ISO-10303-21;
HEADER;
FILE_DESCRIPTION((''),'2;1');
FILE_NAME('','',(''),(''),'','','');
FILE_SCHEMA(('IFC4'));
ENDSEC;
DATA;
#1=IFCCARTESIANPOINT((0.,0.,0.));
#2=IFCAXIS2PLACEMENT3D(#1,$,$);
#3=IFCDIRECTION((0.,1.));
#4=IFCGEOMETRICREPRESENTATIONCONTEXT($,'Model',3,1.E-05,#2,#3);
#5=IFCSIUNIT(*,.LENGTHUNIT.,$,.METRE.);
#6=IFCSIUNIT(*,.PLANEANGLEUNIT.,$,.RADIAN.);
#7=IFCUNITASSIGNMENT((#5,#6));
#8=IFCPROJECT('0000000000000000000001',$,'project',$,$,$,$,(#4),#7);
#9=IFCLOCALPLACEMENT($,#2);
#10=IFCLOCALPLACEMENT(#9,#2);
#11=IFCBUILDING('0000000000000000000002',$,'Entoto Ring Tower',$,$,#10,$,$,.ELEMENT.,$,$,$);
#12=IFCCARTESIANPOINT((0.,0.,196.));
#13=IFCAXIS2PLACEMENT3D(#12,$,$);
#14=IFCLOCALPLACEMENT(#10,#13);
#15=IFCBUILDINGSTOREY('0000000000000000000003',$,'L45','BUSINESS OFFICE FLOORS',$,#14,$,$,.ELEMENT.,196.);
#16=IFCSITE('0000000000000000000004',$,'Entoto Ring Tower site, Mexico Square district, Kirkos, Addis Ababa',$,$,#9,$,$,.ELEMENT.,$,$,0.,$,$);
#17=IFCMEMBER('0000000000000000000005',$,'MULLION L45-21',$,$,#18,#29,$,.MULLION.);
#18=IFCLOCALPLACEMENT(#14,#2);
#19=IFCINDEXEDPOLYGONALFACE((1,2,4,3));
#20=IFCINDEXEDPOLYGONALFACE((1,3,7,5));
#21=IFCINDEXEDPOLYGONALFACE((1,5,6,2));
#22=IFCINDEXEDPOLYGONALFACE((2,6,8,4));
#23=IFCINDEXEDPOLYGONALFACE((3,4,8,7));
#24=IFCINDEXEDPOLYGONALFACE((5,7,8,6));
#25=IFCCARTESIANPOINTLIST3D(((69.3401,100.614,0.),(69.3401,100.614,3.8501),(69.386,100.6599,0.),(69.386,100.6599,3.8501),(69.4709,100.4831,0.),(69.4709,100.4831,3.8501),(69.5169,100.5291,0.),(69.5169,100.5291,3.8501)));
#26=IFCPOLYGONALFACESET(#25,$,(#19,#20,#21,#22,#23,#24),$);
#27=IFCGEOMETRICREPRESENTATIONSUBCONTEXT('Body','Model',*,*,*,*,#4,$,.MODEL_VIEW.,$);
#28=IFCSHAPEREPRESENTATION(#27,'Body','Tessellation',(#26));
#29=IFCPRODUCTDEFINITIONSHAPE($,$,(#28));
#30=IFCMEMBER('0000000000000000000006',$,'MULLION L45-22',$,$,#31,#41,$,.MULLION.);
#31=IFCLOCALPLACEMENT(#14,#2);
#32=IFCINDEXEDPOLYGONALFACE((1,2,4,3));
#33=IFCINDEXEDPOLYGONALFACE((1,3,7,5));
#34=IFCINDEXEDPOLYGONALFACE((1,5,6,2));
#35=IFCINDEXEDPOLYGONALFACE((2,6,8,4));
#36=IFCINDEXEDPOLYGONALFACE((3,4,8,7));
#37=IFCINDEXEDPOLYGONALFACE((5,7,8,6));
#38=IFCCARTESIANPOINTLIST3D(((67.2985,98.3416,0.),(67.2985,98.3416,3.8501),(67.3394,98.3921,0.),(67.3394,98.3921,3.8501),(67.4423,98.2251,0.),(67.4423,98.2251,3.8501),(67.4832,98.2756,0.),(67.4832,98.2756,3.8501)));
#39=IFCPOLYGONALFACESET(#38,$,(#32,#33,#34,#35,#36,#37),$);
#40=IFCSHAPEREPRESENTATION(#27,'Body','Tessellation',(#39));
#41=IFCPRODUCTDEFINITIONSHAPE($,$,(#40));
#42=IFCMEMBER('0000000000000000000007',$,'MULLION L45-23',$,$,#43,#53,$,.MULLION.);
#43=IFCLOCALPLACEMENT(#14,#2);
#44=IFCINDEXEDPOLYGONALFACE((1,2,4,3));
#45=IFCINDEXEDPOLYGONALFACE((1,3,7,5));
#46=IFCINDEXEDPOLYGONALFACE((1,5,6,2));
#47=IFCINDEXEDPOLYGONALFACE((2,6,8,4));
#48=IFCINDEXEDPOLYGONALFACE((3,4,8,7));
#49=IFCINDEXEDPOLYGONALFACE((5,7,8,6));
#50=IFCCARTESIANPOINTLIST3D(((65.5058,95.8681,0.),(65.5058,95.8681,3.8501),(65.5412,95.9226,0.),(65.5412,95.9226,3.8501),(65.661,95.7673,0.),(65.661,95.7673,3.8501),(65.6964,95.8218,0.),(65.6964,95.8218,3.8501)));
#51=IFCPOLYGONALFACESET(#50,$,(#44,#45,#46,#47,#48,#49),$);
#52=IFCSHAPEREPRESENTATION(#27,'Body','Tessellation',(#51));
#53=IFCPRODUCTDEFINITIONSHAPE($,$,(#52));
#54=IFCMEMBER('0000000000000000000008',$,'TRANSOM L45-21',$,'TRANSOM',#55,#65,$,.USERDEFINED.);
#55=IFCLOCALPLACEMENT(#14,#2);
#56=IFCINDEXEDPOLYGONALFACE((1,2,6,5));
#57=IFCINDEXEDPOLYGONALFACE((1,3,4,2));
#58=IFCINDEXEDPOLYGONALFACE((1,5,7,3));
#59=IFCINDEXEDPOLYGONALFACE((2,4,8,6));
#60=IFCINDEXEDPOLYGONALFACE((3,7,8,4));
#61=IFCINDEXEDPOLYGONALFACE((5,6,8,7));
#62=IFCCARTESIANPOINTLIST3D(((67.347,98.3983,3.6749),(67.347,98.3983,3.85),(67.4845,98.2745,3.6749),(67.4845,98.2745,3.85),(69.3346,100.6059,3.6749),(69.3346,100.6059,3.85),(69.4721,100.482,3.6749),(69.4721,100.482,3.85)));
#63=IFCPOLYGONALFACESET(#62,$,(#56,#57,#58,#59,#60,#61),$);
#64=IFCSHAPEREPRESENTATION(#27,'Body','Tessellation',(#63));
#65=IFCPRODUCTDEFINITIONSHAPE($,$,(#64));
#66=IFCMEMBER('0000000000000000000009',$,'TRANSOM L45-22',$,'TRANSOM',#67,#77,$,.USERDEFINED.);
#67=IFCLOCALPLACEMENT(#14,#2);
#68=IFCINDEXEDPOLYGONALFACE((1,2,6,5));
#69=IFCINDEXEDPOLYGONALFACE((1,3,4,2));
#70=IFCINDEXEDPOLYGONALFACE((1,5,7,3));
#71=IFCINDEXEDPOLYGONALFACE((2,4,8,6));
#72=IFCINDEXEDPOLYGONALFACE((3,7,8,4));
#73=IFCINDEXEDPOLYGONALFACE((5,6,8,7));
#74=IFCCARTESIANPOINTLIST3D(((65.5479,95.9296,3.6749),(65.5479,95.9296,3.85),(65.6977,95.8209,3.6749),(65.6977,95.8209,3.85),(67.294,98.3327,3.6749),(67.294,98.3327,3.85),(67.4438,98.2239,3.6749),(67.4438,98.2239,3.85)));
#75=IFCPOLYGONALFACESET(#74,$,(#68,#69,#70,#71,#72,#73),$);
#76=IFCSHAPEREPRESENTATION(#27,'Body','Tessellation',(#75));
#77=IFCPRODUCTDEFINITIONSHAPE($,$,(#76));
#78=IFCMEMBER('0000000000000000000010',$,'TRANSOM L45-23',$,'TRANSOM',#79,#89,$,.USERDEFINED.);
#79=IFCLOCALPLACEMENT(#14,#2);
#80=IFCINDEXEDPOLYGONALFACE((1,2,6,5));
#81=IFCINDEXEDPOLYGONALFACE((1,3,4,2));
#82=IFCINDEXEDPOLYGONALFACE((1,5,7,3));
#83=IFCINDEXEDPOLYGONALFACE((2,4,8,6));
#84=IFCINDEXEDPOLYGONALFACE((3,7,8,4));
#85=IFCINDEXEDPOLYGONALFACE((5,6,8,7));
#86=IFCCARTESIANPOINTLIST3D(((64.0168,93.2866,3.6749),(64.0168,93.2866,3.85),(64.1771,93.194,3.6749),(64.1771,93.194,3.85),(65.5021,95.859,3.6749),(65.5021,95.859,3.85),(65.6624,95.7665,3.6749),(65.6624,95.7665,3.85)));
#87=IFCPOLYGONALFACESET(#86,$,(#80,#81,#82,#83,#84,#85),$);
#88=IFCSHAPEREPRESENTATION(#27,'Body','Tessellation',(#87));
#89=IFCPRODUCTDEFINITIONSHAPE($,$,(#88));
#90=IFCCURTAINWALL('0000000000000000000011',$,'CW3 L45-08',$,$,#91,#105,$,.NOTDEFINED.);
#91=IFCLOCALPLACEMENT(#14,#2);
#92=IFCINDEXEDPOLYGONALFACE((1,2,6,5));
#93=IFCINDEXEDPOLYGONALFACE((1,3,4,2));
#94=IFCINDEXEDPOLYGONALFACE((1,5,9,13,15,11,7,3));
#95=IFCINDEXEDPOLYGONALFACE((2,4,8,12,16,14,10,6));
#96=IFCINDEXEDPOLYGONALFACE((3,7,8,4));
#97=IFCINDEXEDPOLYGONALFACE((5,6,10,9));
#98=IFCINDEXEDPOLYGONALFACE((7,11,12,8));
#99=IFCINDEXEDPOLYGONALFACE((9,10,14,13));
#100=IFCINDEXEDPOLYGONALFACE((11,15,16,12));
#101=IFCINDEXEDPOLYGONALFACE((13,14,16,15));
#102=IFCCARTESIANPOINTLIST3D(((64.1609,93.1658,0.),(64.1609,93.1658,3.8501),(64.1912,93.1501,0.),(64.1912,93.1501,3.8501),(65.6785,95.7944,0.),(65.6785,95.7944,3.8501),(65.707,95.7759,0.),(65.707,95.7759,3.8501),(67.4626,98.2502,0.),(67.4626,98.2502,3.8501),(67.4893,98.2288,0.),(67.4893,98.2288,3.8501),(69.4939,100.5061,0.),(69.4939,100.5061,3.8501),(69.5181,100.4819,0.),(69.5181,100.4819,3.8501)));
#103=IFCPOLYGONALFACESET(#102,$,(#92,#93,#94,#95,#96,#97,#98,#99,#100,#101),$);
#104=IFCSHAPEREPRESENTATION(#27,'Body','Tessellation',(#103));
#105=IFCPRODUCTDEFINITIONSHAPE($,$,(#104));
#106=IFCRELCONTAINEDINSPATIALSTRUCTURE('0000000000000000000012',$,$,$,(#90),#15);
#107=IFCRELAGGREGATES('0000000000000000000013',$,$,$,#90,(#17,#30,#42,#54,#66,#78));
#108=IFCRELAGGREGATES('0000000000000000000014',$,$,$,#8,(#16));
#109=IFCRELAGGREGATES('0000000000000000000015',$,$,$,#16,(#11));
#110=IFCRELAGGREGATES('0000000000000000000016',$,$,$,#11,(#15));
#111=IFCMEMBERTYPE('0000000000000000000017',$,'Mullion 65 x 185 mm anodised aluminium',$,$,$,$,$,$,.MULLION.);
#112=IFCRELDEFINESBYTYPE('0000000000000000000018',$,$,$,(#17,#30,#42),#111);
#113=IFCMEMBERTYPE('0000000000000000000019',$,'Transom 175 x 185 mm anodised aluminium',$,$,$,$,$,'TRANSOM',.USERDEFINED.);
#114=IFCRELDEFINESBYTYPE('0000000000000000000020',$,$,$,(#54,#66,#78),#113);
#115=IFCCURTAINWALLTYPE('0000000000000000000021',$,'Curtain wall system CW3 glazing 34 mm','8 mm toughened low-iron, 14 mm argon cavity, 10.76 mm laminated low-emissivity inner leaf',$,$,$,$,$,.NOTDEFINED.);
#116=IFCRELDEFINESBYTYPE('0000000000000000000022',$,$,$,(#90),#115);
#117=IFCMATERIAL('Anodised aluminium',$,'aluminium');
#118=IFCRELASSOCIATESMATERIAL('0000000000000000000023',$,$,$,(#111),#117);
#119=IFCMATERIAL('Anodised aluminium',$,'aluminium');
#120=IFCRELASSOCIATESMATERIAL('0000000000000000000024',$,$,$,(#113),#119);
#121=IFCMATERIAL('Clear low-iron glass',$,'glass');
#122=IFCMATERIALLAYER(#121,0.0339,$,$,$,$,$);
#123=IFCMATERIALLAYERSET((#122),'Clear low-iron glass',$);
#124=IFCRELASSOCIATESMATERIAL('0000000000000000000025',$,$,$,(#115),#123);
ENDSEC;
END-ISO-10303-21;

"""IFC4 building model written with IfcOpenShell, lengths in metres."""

from ifc_helpers import new_model, si_unit, direction, frame, origin, origin_2d, place, context, subcontext, project, spatial, polyline, rectangle, outline, extrude, material, layer, layer_set, material_profile, profile_set, type_object, element, aggregate, save


model = new_model("IFC4")

# Units and contexts
model_context = context("Model", 3, precision=1e-05, world=origin(), true_north=direction((0.0, 1.0)))
body_context = subcontext(model_context, "Body", "Model", "MODEL_VIEW")
ifc_project = project(units=[si_unit("LENGTHUNIT", "METRE"), si_unit("PLANEANGLEUNIT", "RADIAN")], contexts=[model_context])

# Members
ifc_material_1 = material(Name="Anodised aluminium", Category="aluminium")
ifc_material_profile_1 = material_profile(ifc_material_1, rectangle(XDim=0.0649, YDim=0.1851, at=origin_2d()), Name="Mullion 65 x 185 mm anodised aluminium")
ifc_profile_set_1 = profile_set([ifc_material_profile_1], Name="Anodised aluminium")
member_type_1 = type_object("IfcMemberType", Name="Mullion 65 x 185 mm anodised aluminium", PredefinedType="MULLION", material=ifc_profile_set_1)
site_placement = place(None, origin())
building_placement = place(site_placement, origin())
storey_placement = place(building_placement, frame((0.0, 0.0, 196.0)))
member_1_placement = place(storey_placement, frame((69.4285, 100.5715, 0.0), z_axis=(0.0, 0.0, 1.0), x_axis=(-0.707107, -0.707107, 0.0)))
member_1 = element("IfcMember", 1, at=member_1_placement, type_object=member_type_1, Name="MULLION L45-21", PredefinedType="MULLION", context=body_context, shape_type="SweptSolid", body=[
    extrude(rectangle(XDim=0.0649, YDim=0.1851, at=origin_2d()), origin(), (0.0, 0.0, 1.0), 3.8501),
])
member_2_placement = place(storey_placement, frame((67.3909, 98.3086, 0.0), z_axis=(0.0, 0.0, 1.0), x_axis=(-0.62932, -0.777146, 0.0)))
member_2 = element("IfcMember", 2, at=member_2_placement, type_object=member_type_1, Name="MULLION L45-22", PredefinedType="MULLION", context=body_context, shape_type="SweptSolid", body=[
    extrude(rectangle(XDim=0.0649, YDim=0.1851, at=origin_2d()), origin(), (0.0, 0.0, 1.0), 3.8501),
])
member_3_placement = place(storey_placement, frame((65.6011, 95.845, 0.0), z_axis=(0.0, 0.0, 1.0), x_axis=(-0.544639, -0.838671, 0.0)))
member_3 = element("IfcMember", 3, at=member_3_placement, type_object=member_type_1, Name="MULLION L45-23", PredefinedType="MULLION", context=body_context, shape_type="SweptSolid", body=[
    extrude(rectangle(XDim=0.0649, YDim=0.1851, at=origin_2d()), origin(), (0.0, 0.0, 1.0), 3.8501),
])
ifc_material_2 = material(Name="Anodised aluminium", Category="aluminium")
ifc_material_profile_2 = material_profile(ifc_material_2, rectangle(XDim=0.1851, YDim=0.175, at=origin_2d()), Name="Transom 175 x 185 mm anodised aluminium")
ifc_profile_set_2 = profile_set([ifc_material_profile_2], Name="Anodised aluminium")
member_type_2 = type_object("IfcMemberType", Name="Transom 175 x 185 mm anodised aluminium", ElementType="TRANSOM", PredefinedType="USERDEFINED", material=ifc_profile_set_2)
member_4_placement = place(storey_placement, frame((69.4033, 100.5439, 3.7625), z_axis=(-0.66911, -0.743163, 0.0), x_axis=(0.743163, -0.66911, 0.0)))
member_4 = element("IfcMember", 4, at=member_4_placement, type_object=member_type_2, Name="TRANSOM L45-21", ObjectType="TRANSOM", PredefinedType="USERDEFINED", context=body_context, shape_type="SweptSolid", body=[
    extrude(rectangle(XDim=0.1851, YDim=0.175, at=origin_2d()), origin(), (0.0, 0.0, 1.0), 2.9705),
])
member_5_placement = place(storey_placement, frame((67.3689, 98.2783, 3.7625), z_axis=(-0.58782, -0.808992, 0.0), x_axis=(0.808992, -0.58782, 0.0)))
member_5 = element("IfcMember", 5, at=member_5_placement, type_object=member_type_2, Name="TRANSOM L45-22", ObjectType="TRANSOM", PredefinedType="USERDEFINED", context=body_context, shape_type="SweptSolid", body=[
    extrude(rectangle(XDim=0.1851, YDim=0.175, at=origin_2d()), origin(), (0.0, 0.0, 1.0), 2.9705),
])
member_6_placement = place(storey_placement, frame((65.5823, 95.8127, 3.7625), z_axis=(-0.500028, -0.866009, 0.0), x_axis=(0.866009, -0.500028, 0.0)))
member_6 = element("IfcMember", 6, at=member_6_placement, type_object=member_type_2, Name="TRANSOM L45-23", ObjectType="TRANSOM", PredefinedType="USERDEFINED", context=body_context, shape_type="SweptSolid", body=[
    extrude(rectangle(XDim=0.1851, YDim=0.175, at=origin_2d()), origin(), (0.0, 0.0, 1.0), 2.9705),
])

# Site, building, storey
site = spatial("IfcSite", under=ifc_project, at=site_placement, Name="Entoto Ring Tower site, Mexico Square district, Kirkos, Addis Ababa", CompositionType="ELEMENT", RefElevation=0.0)
building = spatial("IfcBuilding", under=site, at=building_placement, Name="Entoto Ring Tower", CompositionType="ELEMENT")
storey = spatial("IfcBuildingStorey", under=building, at=storey_placement, Name="L45", Description="BUSINESS OFFICE FLOORS", CompositionType="ELEMENT", Elevation=196.0)

# Curtain wall
ifc_material_3 = material(Name="Clear low-iron glass", Category="glass")
ifc_layer = layer(ifc_material_3, 0.0339)
ifc_layer_set = layer_set([ifc_layer], Name="Clear low-iron glass")
curtain_wall_type = type_object("IfcCurtainWallType", Name="Curtain wall system CW3 glazing 34 mm", Description="8 mm toughened low-iron, 14 mm argon cavity, 10.76 mm laminated low-emissivity inner leaf", PredefinedType="NOTDEFINED", material=ifc_layer_set)
curtain_wall_1_placement = place(storey_placement, origin())
curtain_wall_1 = element("IfcCurtainWall", 7, at=curtain_wall_1_placement, inside=storey, type_object=curtain_wall_type, Name="CW3 L45-08", PredefinedType="NOTDEFINED", context=body_context, shape_type="SweptSolid", body=[
    extrude(outline(polyline([(69.4939, 100.5061), (67.4626, 98.2502), (65.6785, 95.7944), (64.1609, 93.1658), (64.1912, 93.1501), (65.707, 95.7759), (67.4893, 98.2288), (69.5181, 100.4819), (69.4939, 100.5061)])), origin(), (0.0, 0.0, 1.0), 3.8501),
])
aggregate(curtain_wall_1, [member_1, member_2, member_3, member_4, member_5, member_6])

save(model, "model.ifc")
